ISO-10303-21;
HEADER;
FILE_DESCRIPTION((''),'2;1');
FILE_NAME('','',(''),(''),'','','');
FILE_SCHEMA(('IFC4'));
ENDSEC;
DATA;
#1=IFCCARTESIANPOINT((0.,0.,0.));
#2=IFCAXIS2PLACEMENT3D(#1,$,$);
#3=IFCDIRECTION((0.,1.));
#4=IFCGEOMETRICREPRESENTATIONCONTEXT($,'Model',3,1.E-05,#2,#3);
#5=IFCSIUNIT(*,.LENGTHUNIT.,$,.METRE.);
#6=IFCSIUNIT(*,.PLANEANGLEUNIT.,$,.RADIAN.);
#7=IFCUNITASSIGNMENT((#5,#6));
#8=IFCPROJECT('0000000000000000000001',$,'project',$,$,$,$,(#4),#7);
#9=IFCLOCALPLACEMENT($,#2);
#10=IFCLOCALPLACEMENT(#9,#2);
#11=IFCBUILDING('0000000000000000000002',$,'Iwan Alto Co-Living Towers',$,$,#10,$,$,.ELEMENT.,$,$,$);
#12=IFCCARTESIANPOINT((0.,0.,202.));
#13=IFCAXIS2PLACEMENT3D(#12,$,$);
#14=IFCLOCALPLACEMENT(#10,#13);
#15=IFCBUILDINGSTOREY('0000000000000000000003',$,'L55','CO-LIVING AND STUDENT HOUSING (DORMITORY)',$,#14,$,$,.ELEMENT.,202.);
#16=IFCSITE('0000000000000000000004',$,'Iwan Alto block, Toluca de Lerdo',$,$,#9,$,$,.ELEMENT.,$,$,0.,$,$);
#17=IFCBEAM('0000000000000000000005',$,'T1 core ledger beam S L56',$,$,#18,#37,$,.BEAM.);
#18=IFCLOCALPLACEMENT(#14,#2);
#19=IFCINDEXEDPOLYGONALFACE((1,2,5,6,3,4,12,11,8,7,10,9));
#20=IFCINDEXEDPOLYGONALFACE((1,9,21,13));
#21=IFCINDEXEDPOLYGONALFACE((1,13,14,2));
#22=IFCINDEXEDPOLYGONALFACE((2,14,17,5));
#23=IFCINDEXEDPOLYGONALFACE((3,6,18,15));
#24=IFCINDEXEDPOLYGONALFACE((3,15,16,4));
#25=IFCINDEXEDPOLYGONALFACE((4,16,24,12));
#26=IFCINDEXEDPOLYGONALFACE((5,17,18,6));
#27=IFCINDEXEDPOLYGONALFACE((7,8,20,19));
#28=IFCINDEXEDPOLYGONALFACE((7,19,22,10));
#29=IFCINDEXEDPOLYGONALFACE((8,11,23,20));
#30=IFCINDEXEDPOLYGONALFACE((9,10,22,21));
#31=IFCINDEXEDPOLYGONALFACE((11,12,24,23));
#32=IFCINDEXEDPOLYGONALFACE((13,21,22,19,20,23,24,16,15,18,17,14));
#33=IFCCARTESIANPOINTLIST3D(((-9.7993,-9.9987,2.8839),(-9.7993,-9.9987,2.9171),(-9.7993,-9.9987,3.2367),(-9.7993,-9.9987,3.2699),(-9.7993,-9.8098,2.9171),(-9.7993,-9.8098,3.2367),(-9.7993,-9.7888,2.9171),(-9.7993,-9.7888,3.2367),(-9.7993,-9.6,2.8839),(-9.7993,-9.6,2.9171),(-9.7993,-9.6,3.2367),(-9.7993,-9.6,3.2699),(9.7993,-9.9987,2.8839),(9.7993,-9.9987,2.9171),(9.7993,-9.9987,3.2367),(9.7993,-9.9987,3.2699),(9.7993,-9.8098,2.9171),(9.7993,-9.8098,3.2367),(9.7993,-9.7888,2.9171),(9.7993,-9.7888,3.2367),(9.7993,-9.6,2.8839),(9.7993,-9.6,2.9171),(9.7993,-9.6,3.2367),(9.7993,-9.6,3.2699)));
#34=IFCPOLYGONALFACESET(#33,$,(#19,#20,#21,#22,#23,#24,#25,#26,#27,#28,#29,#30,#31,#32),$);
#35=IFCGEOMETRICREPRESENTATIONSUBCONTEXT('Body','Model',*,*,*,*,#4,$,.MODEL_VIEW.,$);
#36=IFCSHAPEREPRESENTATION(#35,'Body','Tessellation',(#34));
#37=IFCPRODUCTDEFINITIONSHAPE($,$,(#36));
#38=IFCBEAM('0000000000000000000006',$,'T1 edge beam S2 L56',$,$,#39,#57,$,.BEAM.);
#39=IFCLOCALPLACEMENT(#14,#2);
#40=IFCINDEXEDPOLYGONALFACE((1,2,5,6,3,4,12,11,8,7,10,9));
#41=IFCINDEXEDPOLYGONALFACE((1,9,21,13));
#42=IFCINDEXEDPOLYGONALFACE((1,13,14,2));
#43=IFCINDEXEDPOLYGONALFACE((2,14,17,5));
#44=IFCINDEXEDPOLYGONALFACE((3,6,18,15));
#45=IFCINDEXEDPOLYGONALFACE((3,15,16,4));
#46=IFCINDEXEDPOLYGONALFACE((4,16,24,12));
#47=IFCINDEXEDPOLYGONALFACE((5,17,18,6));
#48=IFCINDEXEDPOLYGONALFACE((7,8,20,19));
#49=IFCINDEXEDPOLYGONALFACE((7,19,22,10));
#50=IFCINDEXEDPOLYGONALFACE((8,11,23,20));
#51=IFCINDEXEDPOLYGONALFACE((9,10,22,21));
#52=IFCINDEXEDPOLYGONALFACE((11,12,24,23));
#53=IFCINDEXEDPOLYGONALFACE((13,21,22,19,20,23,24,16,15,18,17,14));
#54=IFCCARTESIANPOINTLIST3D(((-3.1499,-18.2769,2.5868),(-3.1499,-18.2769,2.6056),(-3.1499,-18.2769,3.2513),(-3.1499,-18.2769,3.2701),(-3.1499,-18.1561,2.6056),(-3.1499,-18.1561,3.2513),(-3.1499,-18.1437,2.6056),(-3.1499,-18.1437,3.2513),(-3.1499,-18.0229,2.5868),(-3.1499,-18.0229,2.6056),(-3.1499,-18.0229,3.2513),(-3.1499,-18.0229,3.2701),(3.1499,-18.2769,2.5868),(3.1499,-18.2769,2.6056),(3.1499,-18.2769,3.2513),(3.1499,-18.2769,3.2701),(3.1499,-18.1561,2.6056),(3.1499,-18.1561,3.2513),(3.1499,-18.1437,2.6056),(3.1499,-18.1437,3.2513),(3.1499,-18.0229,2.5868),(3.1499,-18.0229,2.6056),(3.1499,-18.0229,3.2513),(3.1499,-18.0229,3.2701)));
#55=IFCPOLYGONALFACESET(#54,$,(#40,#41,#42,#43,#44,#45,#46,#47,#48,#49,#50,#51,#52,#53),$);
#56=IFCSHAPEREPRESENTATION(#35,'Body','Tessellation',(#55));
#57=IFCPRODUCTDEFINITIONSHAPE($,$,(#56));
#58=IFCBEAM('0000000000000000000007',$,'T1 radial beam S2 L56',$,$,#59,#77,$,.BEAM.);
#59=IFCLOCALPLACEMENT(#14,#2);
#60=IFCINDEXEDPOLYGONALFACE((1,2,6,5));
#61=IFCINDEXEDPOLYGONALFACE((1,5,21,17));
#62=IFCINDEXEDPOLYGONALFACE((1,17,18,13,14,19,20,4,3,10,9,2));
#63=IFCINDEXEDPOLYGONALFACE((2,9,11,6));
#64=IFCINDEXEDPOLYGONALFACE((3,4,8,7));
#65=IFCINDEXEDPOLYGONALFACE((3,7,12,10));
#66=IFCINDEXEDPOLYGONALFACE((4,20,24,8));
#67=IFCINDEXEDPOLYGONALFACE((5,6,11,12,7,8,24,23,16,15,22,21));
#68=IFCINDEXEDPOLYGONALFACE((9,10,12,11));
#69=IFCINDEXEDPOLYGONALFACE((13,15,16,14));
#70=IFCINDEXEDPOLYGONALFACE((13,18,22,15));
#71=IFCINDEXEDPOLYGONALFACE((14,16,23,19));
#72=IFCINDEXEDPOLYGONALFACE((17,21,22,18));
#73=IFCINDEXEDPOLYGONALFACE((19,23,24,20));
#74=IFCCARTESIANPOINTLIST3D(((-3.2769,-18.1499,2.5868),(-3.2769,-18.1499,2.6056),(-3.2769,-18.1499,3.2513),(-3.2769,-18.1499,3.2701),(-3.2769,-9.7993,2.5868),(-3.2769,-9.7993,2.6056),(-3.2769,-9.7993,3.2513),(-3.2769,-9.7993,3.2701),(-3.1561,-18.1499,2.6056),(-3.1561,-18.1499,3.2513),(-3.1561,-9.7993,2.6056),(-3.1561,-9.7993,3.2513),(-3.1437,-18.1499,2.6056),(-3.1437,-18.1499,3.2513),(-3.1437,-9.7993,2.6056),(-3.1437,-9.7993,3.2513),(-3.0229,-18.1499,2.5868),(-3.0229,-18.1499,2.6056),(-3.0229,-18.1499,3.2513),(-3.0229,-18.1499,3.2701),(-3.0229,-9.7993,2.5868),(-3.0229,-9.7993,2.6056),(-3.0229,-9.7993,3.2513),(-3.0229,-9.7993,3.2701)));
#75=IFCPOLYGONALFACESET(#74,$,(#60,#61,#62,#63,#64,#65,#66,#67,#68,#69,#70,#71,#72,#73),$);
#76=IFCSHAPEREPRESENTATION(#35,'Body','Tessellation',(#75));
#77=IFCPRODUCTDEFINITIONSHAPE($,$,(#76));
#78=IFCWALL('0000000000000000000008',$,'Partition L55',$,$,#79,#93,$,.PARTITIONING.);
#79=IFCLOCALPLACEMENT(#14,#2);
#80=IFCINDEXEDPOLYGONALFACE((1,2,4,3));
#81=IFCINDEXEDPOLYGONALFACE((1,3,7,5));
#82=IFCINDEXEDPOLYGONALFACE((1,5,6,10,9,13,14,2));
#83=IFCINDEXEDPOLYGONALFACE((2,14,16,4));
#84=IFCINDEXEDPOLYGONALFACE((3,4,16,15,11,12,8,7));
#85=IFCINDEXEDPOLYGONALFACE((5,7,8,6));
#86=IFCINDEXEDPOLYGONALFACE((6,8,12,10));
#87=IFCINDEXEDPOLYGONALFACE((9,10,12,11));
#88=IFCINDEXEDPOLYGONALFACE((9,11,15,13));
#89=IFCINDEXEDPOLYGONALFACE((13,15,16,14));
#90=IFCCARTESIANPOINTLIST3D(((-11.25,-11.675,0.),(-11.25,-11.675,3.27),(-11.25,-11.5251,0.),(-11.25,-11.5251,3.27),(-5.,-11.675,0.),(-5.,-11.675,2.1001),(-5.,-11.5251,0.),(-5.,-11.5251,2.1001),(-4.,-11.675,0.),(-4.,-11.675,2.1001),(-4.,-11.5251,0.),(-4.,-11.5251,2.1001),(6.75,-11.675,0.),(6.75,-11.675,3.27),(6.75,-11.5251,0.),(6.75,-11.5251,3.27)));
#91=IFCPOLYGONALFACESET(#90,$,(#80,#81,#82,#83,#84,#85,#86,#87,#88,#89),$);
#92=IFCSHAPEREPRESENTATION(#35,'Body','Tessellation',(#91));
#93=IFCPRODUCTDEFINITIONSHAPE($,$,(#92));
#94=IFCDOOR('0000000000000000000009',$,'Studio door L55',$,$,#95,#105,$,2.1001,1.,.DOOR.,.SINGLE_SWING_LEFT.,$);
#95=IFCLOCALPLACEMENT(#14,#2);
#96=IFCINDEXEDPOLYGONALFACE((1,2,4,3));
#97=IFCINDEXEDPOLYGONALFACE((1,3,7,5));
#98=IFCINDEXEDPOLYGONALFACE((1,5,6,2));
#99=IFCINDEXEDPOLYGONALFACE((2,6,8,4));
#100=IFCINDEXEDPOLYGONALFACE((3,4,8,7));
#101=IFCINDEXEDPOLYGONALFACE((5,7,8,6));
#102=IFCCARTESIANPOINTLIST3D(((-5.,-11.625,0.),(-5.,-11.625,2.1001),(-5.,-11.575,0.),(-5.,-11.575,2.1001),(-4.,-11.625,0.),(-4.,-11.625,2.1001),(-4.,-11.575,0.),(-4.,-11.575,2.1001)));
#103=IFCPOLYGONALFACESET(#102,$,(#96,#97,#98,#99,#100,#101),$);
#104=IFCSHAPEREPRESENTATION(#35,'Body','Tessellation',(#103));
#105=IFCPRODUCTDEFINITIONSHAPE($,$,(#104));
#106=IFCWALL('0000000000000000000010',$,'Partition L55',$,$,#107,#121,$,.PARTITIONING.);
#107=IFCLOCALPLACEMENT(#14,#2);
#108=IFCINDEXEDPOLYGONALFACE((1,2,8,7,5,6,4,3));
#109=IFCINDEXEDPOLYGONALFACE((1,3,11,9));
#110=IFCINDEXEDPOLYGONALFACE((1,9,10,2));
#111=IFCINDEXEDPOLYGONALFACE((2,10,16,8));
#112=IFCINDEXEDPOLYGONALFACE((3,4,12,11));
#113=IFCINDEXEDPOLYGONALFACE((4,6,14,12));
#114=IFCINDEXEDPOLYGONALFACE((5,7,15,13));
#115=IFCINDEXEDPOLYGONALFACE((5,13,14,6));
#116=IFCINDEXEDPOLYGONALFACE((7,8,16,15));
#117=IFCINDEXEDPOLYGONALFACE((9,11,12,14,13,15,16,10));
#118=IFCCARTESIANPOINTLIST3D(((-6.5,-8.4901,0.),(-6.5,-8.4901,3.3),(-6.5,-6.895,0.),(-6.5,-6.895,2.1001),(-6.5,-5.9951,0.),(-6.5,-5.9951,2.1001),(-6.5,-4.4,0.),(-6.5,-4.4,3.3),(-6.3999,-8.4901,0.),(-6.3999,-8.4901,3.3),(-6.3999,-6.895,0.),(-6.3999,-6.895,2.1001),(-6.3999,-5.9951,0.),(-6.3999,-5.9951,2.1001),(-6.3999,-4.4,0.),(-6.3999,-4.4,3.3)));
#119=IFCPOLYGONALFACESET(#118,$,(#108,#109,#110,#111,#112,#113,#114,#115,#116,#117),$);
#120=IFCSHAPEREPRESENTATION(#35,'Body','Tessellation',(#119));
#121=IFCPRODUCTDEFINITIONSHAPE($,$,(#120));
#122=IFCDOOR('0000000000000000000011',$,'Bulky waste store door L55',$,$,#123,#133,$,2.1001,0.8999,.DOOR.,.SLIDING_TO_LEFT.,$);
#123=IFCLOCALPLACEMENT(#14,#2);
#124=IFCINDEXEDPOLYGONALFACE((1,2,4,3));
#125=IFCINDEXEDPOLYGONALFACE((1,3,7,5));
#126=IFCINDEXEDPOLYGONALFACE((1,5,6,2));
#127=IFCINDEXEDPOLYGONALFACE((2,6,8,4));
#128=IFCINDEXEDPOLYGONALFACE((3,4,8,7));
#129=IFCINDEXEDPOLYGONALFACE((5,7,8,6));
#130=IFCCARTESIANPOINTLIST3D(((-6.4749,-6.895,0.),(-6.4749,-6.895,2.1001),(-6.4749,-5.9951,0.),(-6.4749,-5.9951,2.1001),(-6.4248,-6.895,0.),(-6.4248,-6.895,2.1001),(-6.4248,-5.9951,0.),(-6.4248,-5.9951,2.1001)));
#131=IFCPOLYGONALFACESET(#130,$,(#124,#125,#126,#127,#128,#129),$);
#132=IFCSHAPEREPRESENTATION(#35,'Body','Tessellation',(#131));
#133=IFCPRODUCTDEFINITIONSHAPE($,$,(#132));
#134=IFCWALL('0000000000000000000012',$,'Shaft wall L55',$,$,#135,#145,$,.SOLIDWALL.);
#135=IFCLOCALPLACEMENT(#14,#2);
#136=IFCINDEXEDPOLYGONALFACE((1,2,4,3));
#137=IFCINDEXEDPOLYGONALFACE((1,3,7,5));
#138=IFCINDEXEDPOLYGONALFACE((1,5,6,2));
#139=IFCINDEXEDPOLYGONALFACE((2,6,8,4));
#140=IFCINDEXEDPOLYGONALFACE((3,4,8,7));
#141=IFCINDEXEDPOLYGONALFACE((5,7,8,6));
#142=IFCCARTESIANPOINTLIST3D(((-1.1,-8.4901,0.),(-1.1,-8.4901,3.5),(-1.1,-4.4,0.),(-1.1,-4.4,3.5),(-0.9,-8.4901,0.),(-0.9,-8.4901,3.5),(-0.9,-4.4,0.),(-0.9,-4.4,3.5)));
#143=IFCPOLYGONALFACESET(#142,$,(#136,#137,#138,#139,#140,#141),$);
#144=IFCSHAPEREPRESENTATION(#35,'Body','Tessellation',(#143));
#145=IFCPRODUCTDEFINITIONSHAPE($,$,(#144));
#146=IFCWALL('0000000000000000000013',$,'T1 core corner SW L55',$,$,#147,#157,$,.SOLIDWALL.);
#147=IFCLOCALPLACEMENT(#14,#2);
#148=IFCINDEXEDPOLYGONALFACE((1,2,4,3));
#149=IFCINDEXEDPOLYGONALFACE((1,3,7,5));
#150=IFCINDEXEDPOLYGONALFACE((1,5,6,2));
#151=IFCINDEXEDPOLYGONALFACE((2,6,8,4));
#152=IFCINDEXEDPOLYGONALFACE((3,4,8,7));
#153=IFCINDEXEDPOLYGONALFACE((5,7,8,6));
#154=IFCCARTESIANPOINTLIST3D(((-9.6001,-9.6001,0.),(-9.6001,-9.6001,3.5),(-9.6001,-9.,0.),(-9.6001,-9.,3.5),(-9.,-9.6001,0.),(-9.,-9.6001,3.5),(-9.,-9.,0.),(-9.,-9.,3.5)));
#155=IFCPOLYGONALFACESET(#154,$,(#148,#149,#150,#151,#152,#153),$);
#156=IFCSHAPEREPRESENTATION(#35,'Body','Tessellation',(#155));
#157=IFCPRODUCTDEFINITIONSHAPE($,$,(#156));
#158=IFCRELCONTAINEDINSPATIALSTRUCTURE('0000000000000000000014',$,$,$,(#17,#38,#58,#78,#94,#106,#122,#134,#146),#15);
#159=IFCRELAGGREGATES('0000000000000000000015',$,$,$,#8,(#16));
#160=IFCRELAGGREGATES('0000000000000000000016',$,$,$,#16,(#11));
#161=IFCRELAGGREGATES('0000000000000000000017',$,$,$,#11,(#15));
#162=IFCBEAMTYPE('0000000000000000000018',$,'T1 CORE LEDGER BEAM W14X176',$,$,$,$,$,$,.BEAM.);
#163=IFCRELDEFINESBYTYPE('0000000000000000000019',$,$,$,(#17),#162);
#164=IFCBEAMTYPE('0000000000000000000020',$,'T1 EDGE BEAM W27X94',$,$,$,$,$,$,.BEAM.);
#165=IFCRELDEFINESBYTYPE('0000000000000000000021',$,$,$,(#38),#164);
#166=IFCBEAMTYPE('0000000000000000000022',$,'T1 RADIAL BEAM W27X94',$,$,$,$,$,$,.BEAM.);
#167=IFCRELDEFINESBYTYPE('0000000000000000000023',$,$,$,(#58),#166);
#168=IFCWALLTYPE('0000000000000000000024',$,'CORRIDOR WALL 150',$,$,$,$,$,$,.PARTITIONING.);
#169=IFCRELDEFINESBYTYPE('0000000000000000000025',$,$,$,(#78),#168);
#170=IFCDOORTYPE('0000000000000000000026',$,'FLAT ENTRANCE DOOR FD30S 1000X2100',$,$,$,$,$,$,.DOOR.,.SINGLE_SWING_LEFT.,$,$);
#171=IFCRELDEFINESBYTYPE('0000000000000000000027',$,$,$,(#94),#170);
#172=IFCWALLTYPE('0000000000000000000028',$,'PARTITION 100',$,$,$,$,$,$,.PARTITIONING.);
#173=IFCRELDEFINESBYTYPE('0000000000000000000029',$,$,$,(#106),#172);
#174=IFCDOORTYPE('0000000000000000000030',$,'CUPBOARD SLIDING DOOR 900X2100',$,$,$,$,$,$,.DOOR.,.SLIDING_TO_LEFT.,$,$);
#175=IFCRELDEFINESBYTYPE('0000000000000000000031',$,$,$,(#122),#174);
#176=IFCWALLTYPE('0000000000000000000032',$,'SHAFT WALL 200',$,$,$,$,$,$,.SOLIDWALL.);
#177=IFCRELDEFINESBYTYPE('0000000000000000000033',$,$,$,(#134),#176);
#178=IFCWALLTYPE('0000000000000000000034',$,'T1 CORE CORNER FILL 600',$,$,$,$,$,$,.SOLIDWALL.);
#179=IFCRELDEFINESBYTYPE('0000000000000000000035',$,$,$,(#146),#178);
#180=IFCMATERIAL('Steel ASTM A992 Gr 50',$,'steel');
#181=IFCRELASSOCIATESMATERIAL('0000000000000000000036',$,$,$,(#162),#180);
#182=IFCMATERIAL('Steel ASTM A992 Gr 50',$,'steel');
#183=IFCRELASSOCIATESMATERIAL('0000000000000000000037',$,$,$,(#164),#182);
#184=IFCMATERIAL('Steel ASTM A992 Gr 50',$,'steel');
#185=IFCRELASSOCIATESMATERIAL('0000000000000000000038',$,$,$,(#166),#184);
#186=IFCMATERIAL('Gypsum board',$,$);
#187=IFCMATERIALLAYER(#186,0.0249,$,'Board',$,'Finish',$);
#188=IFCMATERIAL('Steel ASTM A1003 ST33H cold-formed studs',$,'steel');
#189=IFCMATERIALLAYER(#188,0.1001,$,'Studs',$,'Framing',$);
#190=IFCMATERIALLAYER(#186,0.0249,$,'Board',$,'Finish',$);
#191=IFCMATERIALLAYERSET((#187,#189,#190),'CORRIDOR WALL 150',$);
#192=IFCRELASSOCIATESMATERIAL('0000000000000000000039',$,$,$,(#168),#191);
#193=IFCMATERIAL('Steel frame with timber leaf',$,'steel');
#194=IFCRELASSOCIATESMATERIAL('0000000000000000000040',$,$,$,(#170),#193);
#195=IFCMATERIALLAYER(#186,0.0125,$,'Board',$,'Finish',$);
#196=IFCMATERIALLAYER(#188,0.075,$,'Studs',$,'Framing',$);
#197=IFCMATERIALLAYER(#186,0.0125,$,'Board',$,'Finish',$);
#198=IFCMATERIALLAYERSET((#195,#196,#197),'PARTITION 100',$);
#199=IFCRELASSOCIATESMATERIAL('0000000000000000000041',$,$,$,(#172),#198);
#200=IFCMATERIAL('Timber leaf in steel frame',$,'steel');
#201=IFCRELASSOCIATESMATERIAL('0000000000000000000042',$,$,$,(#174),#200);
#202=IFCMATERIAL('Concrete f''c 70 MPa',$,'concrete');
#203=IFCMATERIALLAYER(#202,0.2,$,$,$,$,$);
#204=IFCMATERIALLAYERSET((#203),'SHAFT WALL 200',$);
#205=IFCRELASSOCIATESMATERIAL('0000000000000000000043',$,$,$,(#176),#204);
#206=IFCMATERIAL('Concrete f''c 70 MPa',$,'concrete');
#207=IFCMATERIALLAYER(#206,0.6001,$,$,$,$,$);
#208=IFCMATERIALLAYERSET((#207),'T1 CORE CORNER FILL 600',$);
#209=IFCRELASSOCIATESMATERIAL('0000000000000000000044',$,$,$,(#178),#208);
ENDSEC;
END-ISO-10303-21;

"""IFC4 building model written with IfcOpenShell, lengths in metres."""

from ifc_helpers import new_model, si_unit, direction, frame, frame_2d, origin, origin_2d, place, context, subcontext, project, spatial, rectangle, i_section, extrude, material, layer, layer_set, material_profile, profile_set, type_object, element, fill, save


model = new_model("IFC4")

# Units and contexts
model_context = context("Model", 3, precision=1e-05, world=origin(), true_north=direction((0.0, 1.0)))
body_context = subcontext(model_context, "Body", "Model", "MODEL_VIEW")
ifc_project = project(units=[si_unit("LENGTHUNIT", "METRE"), si_unit("PLANEANGLEUNIT", "RADIAN")], contexts=[model_context])

# Site, building, storey
site_placement = place(None, origin())
site = spatial("IfcSite", under=ifc_project, at=site_placement, Name="Iwan Alto block, Toluca de Lerdo", CompositionType="ELEMENT", RefElevation=0.0)
building_placement = place(site_placement, origin())
building = spatial("IfcBuilding", under=site, at=building_placement, Name="Iwan Alto Co-Living Towers", CompositionType="ELEMENT")
storey_placement = place(building_placement, frame((0.0, 0.0, 202.0)))
storey = spatial("IfcBuildingStorey", under=building, at=storey_placement, Name="L55", Description="CO-LIVING AND STUDENT HOUSING (DORMITORY)", CompositionType="ELEMENT", Elevation=202.0)

# Beams
ifc_material_1 = material(Name="Steel ASTM A992 Gr 50", Category="steel")
ifc_material_profile_1 = material_profile(ifc_material_1, i_section(OverallWidth=0.3987, OverallDepth=0.386, WebThickness=0.021, FlangeThickness=0.0332, at=origin_2d()), Name="W14X176")
ifc_profile_set_1 = profile_set([ifc_material_profile_1], Name="Steel ASTM A992 Gr 50")
beam_type_1 = type_object("IfcBeamType", Name="T1 CORE LEDGER BEAM W14X176", PredefinedType="BEAM", material=ifc_profile_set_1)
beam_1_placement = place(storey_placement, frame((-9.7993, -9.7993, 3.0769), z_axis=(1.0, 0.0, 0.0), x_axis=(0.0, 1.0, 0.0)))
element("IfcBeam", 1, at=beam_1_placement, inside=storey, type_object=beam_type_1, Name="T1 core ledger beam S L56", PredefinedType="BEAM", context=body_context, shape_type="SweptSolid", body=[
    extrude(i_section(OverallWidth=0.3987, OverallDepth=0.386, WebThickness=0.021, FlangeThickness=0.0332, at=origin_2d()), origin(), (0.0, 0.0, 1.0), 19.5986),
])
ifc_material_2 = material(Name="Steel ASTM A992 Gr 50", Category="steel")
ifc_material_profile_2 = material_profile(ifc_material_2, i_section(OverallWidth=0.2539, OverallDepth=0.6833, WebThickness=0.0125, FlangeThickness=0.0188, at=origin_2d()), Name="W27X94")
ifc_profile_set_2 = profile_set([ifc_material_profile_2], Name="Steel ASTM A992 Gr 50")
beam_type_2 = type_object("IfcBeamType", Name="T1 EDGE BEAM W27X94", PredefinedType="BEAM", material=ifc_profile_set_2)
beam_2_placement = place(storey_placement, frame((-3.1499, -18.1499, 2.9285), z_axis=(1.0, 0.0, 0.0), x_axis=(0.0, 1.0, 0.0)))
element("IfcBeam", 2, at=beam_2_placement, inside=storey, type_object=beam_type_2, Name="T1 edge beam S2 L56", PredefinedType="BEAM", context=body_context, shape_type="SweptSolid", body=[
    extrude(i_section(OverallWidth=0.2539, OverallDepth=0.6833, WebThickness=0.0125, FlangeThickness=0.0188, at=origin_2d()), origin(), (0.0, 0.0, 1.0), 6.2998),
])
ifc_material_3 = material(Name="Steel ASTM A992 Gr 50", Category="steel")
ifc_material_profile_3 = material_profile(ifc_material_3, i_section(OverallWidth=0.2539, OverallDepth=0.6833, WebThickness=0.0125, FlangeThickness=0.0188, at=origin_2d()), Name="W27X94")
ifc_profile_set_3 = profile_set([ifc_material_profile_3], Name="Steel ASTM A992 Gr 50")
beam_type_3 = type_object("IfcBeamType", Name="T1 RADIAL BEAM W27X94", PredefinedType="BEAM", material=ifc_profile_set_3)
beam_3_placement = place(storey_placement, frame((-3.1499, -18.1499, 2.9285), z_axis=(0.0, 1.0, 0.0), x_axis=(-1.0, 0.0, 0.0)))
element("IfcBeam", 3, at=beam_3_placement, inside=storey, type_object=beam_type_3, Name="T1 radial beam S2 L56", PredefinedType="BEAM", context=body_context, shape_type="SweptSolid", body=[
    extrude(i_section(OverallWidth=0.2539, OverallDepth=0.6833, WebThickness=0.0125, FlangeThickness=0.0188, at=origin_2d()), origin(), (0.0, 0.0, 1.0), 8.3506),
])

# Walls, openings, doors
ifc_material_4 = material(Name="Gypsum board")
ifc_layer_1 = layer(ifc_material_4, 0.0249, Name="Board", Category="Finish")
ifc_material_5 = material(Name="Steel ASTM A1003 ST33H cold-formed studs", Category="steel")
ifc_layer_2 = layer(ifc_material_5, 0.1001, Name="Studs", Category="Framing")
ifc_layer_3 = layer(ifc_material_4, 0.0249, Name="Board", Category="Finish")
ifc_layer_set_1 = layer_set([ifc_layer_1, ifc_layer_2, ifc_layer_3], Name="CORRIDOR WALL 150")
wall_type_1 = type_object("IfcWallType", Name="CORRIDOR WALL 150", PredefinedType="PARTITIONING", material=ifc_layer_set_1)
wall_1_placement = place(storey_placement, frame((-11.25, -11.6001, 0.0), z_axis=(0.0, 0.0, 1.0), x_axis=(1.0, 0.0, 0.0)))
wall_1 = element("IfcWall", 4, at=wall_1_placement, inside=storey, type_object=wall_type_1, Name="Partition L55", PredefinedType="PARTITIONING", context=body_context, shape_type="SweptSolid", body=[
    extrude(rectangle(XDim=18.0, YDim=0.1499, at=frame_2d((9.0, 0.0))), origin(), (0.0, 0.0, 1.0), 3.27),
])
opening_1_placement = place(wall_1_placement, frame((6.25, 0.0, 0.0)))
opening_1 = element("IfcOpeningElement", 5, at=opening_1_placement, cuts=wall_1, PredefinedType="OPENING", context=body_context, shape_type="SweptSolid", body=[
    extrude(rectangle(XDim=1.0, YDim=2.1001, at=frame_2d((0.5, 1.05))), frame((0.0, 0.085, 0.0), z_axis=(0.0, -1.0, 0.0), x_axis=(1.0, 0.0, 0.0)), (0.0, 0.0, 1.0), 0.1699),
])
ifc_material_6 = material(Name="Steel frame with timber leaf", Category="steel")
door_type_1 = type_object("IfcDoorType", Name="FLAT ENTRANCE DOOR FD30S 1000X2100", OperationType="SINGLE_SWING_LEFT", PredefinedType="DOOR", material=ifc_material_6)
door_1_placement = place(opening_1_placement, frame((1.0, 0.0, 0.0), z_axis=(0.0, 0.0, 1.0), x_axis=(-1.0, 0.0, 0.0)))
door_1 = element("IfcDoor", 6, at=door_1_placement, inside=storey, type_object=door_type_1, Name="Studio door L55", OperationType="SINGLE_SWING_LEFT", OverallHeight=2.1001, OverallWidth=1.0, PredefinedType="DOOR", context=body_context, shape_type="SweptSolid", body=[
    extrude(rectangle(XDim=1.0, YDim=2.1001, at=frame_2d((0.5, 1.05))), frame((0.0, 0.0249, 0.0), z_axis=(0.0, -1.0, 0.0), x_axis=(1.0, 0.0, 0.0)), (0.0, 0.0, 1.0), 0.05),
])
fill(opening_1, door_1)
ifc_layer_4 = layer(ifc_material_4, 0.0125, Name="Board", Category="Finish")
ifc_layer_5 = layer(ifc_material_5, 0.075, Name="Studs", Category="Framing")
ifc_layer_6 = layer(ifc_material_4, 0.0125, Name="Board", Category="Finish")
ifc_layer_set_2 = layer_set([ifc_layer_4, ifc_layer_5, ifc_layer_6], Name="PARTITION 100")
wall_type_2 = type_object("IfcWallType", Name="PARTITION 100", PredefinedType="PARTITIONING", material=ifc_layer_set_2)
wall_2_placement = place(storey_placement, frame((-6.45, -8.49, 0.0), z_axis=(0.0, 0.0, 1.0), x_axis=(0.0, 1.0, 0.0)))
wall_2 = element("IfcWall", 7, at=wall_2_placement, inside=storey, type_object=wall_type_2, Name="Partition L55", PredefinedType="PARTITIONING", context=body_context, shape_type="SweptSolid", body=[
    extrude(rectangle(XDim=4.0901, YDim=0.1001, at=frame_2d((2.0449, 0.0))), origin(), (0.0, 0.0, 1.0), 3.3),
])
opening_2_placement = place(wall_2_placement, frame((1.595, 0.0, 0.0)))
opening_2 = element("IfcOpeningElement", 8, at=opening_2_placement, cuts=wall_2, PredefinedType="OPENING", context=body_context, shape_type="SweptSolid", body=[
    extrude(rectangle(XDim=0.8999, YDim=2.1001, at=frame_2d((0.45, 1.05))), frame((0.0, 0.0601, 0.0), z_axis=(0.0, -1.0, 0.0), x_axis=(1.0, 0.0, 0.0)), (0.0, 0.0, 1.0), 0.1201),
])
ifc_material_7 = material(Name="Timber leaf in steel frame", Category="steel")
door_type_2 = type_object("IfcDoorType", Name="CUPBOARD SLIDING DOOR 900X2100", OperationType="SLIDING_TO_LEFT", PredefinedType="DOOR", material=ifc_material_7)
door_2_placement = place(opening_2_placement, origin())
door_2 = element("IfcDoor", 9, at=door_2_placement, inside=storey, type_object=door_type_2, Name="Bulky waste store door L55", OperationType="SLIDING_TO_LEFT", OverallHeight=2.1001, OverallWidth=0.8999, PredefinedType="DOOR", context=body_context, shape_type="SweptSolid", body=[
    extrude(rectangle(XDim=0.8999, YDim=2.1001, at=frame_2d((0.45, 1.05))), frame((0.0, 0.0249, 0.0), z_axis=(0.0, -1.0, 0.0), x_axis=(1.0, 0.0, 0.0)), (0.0, 0.0, 1.0), 0.05),
])
fill(opening_2, door_2)

# Walls
ifc_material_8 = material(Name="Concrete f'c 70 MPa", Category="concrete")
ifc_layer_7 = layer(ifc_material_8, 0.2)
ifc_layer_set_3 = layer_set([ifc_layer_7], Name="SHAFT WALL 200")
wall_type_3 = type_object("IfcWallType", Name="SHAFT WALL 200", PredefinedType="SOLIDWALL", material=ifc_layer_set_3)
wall_3_placement = place(storey_placement, frame((-1.0, -8.49, 0.0), z_axis=(0.0, 0.0, 1.0), x_axis=(0.0, 1.0, 0.0)))
element("IfcWall", 10, at=wall_3_placement, inside=storey, type_object=wall_type_3, Name="Shaft wall L55", PredefinedType="SOLIDWALL", context=body_context, shape_type="SweptSolid", body=[
    extrude(rectangle(XDim=4.0901, YDim=0.2, at=frame_2d((2.0449, 0.0))), origin(), (0.0, 0.0, 1.0), 3.5),
])
ifc_material_9 = material(Name="Concrete f'c 70 MPa", Category="concrete")
ifc_layer_8 = layer(ifc_material_9, 0.6001)
ifc_layer_set_4 = layer_set([ifc_layer_8], Name="T1 CORE CORNER FILL 600")
wall_type_4 = type_object("IfcWallType", Name="T1 CORE CORNER FILL 600", PredefinedType="SOLIDWALL", material=ifc_layer_set_4)
wall_4_placement = place(storey_placement, frame((-9.6001, -9.3, 0.0), z_axis=(0.0, 0.0, 1.0), x_axis=(1.0, 0.0, 0.0)))
element("IfcWall", 11, at=wall_4_placement, inside=storey, type_object=wall_type_4, Name="T1 core corner SW L55", PredefinedType="SOLIDWALL", context=body_context, shape_type="SweptSolid", body=[
    extrude(rectangle(XDim=0.6001, YDim=0.6001, at=frame_2d((0.3, 0.0))), origin(), (0.0, 0.0, 1.0), 3.5),
])

save(model, "model.ifc")
